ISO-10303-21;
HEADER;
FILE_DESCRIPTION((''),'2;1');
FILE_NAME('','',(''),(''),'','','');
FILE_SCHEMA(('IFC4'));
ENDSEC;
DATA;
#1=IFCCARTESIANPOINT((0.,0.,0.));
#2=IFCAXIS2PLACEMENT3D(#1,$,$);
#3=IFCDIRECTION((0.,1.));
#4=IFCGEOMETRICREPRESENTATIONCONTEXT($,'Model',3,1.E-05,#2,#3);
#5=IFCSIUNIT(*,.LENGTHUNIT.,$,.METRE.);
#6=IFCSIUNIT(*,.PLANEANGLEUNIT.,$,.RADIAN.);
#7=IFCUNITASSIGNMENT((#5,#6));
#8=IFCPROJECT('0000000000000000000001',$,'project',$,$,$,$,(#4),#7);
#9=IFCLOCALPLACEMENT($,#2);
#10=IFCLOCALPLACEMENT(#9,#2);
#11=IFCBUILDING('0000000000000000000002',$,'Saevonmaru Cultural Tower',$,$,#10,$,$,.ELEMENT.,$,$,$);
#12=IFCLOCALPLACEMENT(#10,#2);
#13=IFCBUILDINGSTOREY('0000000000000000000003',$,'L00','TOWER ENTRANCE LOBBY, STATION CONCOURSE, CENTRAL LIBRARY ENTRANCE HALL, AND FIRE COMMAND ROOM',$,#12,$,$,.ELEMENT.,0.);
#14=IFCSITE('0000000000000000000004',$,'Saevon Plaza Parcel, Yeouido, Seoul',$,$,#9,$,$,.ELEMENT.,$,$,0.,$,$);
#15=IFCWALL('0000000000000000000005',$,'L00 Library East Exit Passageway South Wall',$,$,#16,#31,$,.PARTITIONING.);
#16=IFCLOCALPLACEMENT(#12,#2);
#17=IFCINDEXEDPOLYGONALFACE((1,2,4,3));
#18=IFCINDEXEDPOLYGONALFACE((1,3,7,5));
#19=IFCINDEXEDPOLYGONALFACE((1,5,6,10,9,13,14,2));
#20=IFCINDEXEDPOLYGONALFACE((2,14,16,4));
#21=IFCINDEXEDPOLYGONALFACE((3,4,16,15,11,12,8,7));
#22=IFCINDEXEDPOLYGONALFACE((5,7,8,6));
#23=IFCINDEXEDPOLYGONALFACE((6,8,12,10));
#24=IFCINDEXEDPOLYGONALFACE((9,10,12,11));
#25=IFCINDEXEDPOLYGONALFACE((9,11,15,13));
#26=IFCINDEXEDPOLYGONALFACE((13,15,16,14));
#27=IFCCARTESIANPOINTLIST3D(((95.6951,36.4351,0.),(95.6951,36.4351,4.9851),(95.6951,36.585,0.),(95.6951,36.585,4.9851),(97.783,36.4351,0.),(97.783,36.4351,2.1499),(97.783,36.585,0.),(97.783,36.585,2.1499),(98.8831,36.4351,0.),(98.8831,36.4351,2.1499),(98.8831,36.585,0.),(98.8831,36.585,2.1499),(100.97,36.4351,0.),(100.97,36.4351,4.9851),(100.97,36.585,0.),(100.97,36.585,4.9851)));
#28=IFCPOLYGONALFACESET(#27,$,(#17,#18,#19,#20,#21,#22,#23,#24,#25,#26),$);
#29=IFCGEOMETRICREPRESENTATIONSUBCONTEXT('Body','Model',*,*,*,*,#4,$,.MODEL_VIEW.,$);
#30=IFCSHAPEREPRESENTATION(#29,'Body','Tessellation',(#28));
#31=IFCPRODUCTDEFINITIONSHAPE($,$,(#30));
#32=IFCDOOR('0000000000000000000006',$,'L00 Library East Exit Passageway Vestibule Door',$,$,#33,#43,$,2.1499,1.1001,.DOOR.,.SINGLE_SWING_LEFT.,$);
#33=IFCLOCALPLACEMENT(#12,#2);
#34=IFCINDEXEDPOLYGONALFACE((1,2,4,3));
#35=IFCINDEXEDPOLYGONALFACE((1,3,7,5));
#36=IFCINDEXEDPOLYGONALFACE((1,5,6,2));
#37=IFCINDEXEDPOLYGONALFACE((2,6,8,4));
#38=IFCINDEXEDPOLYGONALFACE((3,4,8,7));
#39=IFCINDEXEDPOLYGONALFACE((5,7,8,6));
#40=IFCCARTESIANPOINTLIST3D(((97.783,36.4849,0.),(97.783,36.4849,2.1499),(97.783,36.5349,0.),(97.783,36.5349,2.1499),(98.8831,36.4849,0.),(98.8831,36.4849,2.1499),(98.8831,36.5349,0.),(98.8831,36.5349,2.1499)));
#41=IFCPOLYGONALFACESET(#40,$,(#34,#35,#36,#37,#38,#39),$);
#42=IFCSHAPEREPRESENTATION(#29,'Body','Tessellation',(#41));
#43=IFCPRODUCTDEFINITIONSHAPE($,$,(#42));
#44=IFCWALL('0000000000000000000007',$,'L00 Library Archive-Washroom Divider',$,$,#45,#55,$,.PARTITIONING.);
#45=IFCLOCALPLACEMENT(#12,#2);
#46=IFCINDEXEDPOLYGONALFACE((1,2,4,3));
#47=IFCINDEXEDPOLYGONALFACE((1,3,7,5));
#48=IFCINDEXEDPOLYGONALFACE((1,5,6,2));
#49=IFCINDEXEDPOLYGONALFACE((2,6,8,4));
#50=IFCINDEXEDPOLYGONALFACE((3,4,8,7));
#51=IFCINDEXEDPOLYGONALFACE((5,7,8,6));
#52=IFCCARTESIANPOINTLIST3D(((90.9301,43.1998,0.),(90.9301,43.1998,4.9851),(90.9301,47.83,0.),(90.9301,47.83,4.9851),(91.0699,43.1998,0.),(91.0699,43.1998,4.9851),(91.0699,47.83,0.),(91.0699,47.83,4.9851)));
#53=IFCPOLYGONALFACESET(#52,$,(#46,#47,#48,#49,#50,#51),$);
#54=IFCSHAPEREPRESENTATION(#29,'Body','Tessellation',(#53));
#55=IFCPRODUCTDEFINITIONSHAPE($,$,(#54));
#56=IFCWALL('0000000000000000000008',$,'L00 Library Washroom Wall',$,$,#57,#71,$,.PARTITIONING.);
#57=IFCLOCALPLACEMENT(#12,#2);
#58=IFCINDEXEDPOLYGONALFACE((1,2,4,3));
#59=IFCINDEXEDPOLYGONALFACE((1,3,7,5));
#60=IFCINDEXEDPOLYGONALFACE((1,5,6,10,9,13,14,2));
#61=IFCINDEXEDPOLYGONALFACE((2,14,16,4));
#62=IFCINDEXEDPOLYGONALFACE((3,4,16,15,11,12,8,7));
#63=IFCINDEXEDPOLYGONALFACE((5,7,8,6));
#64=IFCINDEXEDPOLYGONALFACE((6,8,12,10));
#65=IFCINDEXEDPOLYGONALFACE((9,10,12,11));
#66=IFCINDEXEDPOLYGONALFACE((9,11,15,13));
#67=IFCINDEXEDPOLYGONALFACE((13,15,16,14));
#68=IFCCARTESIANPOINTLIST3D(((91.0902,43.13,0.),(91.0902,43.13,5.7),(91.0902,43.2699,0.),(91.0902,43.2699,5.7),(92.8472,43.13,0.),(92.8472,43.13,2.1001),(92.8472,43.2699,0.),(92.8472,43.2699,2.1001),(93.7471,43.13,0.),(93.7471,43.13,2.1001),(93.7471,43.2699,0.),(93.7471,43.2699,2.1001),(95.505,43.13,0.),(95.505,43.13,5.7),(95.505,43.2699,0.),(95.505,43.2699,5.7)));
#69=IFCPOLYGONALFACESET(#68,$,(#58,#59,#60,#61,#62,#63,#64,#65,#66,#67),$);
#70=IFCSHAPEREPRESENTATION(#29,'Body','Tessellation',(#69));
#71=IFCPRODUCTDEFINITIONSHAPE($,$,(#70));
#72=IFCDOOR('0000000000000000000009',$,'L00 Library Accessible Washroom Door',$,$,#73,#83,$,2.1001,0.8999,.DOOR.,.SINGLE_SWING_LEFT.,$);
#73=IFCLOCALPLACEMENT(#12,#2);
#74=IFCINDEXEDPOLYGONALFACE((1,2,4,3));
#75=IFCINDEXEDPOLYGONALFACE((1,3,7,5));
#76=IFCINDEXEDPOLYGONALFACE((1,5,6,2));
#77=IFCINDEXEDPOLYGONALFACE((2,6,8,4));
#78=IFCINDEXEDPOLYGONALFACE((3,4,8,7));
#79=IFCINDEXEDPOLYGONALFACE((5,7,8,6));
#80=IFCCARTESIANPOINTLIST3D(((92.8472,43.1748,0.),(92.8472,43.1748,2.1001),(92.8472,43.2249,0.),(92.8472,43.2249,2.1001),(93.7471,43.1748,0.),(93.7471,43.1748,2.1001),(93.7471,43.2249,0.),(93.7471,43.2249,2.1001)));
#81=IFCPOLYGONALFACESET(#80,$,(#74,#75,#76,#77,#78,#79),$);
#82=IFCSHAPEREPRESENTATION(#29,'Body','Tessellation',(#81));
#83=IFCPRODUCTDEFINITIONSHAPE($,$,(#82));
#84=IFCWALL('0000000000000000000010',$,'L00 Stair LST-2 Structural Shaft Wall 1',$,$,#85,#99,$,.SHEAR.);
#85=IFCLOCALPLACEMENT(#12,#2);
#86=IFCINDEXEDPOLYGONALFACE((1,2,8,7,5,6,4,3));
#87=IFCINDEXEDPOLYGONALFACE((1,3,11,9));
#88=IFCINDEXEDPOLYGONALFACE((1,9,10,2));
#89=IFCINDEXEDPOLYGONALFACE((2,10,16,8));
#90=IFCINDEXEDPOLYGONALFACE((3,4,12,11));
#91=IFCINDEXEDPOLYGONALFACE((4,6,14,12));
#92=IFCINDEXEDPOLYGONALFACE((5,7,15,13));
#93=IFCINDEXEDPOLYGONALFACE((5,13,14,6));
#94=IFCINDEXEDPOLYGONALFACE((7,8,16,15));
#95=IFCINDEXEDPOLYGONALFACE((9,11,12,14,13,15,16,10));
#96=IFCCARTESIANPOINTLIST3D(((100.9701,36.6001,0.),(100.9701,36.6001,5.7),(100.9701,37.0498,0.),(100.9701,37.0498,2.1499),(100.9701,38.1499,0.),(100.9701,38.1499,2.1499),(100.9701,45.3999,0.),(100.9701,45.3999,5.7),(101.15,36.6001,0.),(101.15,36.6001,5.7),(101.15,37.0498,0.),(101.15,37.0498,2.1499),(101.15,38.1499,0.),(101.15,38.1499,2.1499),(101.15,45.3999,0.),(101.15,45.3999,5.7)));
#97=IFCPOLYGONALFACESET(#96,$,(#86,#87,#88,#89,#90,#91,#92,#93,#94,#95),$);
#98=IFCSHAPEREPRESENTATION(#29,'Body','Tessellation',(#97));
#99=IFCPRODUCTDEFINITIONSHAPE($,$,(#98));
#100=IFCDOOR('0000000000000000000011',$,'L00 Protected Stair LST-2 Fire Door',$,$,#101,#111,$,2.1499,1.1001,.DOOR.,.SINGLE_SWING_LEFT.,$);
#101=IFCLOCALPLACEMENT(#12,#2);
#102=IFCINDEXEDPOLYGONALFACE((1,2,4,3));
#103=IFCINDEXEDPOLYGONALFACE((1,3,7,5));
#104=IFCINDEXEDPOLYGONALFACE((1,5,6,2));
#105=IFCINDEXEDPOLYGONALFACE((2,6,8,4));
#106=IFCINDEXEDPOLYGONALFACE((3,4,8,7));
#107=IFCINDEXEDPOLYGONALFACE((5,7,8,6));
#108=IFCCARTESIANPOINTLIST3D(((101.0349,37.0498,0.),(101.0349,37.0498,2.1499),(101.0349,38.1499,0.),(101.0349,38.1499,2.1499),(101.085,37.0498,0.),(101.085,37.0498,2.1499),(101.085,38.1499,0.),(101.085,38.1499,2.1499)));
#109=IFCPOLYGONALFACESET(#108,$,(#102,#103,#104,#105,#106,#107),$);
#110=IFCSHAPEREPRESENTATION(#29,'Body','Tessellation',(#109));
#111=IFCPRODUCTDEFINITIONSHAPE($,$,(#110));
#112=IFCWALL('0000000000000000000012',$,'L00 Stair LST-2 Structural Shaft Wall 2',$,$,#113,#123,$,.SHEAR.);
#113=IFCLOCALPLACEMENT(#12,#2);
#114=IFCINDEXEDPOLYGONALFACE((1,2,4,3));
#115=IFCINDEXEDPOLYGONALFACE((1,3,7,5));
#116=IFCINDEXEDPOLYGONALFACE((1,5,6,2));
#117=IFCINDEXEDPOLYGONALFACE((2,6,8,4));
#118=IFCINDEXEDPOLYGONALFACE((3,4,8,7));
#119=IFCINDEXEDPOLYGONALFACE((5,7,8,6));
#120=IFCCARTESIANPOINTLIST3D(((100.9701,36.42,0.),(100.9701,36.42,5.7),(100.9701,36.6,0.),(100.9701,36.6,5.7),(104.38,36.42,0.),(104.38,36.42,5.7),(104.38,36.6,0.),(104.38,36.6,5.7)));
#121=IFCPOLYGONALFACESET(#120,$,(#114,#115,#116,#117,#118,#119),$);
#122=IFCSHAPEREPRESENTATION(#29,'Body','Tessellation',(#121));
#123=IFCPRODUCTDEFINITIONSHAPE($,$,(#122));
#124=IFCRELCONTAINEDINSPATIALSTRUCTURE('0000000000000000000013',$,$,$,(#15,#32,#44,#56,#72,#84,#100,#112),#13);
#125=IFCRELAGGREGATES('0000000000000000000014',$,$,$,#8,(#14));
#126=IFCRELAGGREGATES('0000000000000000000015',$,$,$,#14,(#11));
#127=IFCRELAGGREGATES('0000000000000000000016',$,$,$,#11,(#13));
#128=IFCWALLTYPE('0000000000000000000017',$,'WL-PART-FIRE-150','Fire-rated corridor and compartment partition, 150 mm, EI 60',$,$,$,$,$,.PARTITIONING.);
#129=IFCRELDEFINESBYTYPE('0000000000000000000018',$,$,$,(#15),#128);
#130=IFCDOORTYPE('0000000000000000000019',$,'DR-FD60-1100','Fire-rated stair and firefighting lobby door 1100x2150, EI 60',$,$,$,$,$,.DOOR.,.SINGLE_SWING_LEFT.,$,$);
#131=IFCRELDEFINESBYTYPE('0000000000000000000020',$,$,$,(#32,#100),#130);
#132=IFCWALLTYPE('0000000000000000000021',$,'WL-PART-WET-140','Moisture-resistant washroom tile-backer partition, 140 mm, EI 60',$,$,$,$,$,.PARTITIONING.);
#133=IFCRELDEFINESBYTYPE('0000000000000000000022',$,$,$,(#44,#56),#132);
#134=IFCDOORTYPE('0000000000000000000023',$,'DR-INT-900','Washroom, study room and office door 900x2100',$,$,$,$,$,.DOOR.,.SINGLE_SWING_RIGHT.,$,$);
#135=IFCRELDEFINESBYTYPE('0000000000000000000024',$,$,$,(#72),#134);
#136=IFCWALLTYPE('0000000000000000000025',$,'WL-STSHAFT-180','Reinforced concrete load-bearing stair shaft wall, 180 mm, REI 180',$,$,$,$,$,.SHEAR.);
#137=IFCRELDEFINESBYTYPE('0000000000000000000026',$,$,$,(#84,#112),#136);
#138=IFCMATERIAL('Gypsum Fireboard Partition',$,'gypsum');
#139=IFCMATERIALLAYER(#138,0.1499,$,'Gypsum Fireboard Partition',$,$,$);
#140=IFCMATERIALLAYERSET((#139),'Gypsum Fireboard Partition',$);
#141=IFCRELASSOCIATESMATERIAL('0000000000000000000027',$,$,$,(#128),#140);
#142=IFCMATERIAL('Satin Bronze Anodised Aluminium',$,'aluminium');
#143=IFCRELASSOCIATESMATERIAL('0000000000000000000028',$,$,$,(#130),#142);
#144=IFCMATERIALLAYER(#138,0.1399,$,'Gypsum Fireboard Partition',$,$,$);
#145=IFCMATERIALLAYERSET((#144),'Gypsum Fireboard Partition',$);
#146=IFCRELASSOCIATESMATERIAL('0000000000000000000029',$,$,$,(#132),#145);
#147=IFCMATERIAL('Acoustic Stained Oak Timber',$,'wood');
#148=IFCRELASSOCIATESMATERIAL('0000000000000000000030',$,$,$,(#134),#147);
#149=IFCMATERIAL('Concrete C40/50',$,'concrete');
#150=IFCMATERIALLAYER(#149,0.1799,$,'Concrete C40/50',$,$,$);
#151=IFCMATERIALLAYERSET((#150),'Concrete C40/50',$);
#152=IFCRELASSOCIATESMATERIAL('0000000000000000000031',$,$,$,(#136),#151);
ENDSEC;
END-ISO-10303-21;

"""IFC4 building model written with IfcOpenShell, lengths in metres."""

from ifc_helpers import new_model, si_unit, direction, frame, frame_2d, origin, place, context, subcontext, project, spatial, rectangle, extrude, material, layer, layer_set, type_object, element, fill, save


model = new_model("IFC4")

# Units and contexts
model_context = context("Model", 3, precision=1e-05, world=origin(), true_north=direction((0.0, 1.0)))
body_context = subcontext(model_context, "Body", "Model", "MODEL_VIEW")
ifc_project = project(units=[si_unit("LENGTHUNIT", "METRE"), si_unit("PLANEANGLEUNIT", "RADIAN")], contexts=[model_context])

# Site, building, storey
site_placement = place(None, origin())
site = spatial("IfcSite", under=ifc_project, at=site_placement, Name="Saevon Plaza Parcel, Yeouido, Seoul", CompositionType="ELEMENT", RefElevation=0.0)
building_placement = place(site_placement, origin())
building = spatial("IfcBuilding", under=site, at=building_placement, Name="Saevonmaru Cultural Tower", CompositionType="ELEMENT")
storey_placement = place(building_placement, origin())
storey = spatial("IfcBuildingStorey", under=building, at=storey_placement, Name="L00", Description="TOWER ENTRANCE LOBBY, STATION CONCOURSE, CENTRAL LIBRARY ENTRANCE HALL, AND FIRE COMMAND ROOM", CompositionType="ELEMENT", Elevation=0.0)

# Shared definitions
ifc_material_1 = material(Name="Gypsum Fireboard Partition", Category="gypsum")
ifc_layer_1 = layer(ifc_material_1, 0.1499, Name="Gypsum Fireboard Partition")
ifc_layer_set_1 = layer_set([ifc_layer_1], Name="Gypsum Fireboard Partition")
wall_type_1 = type_object("IfcWallType", Name="WL-PART-FIRE-150", Description="Fire-rated corridor and compartment partition, 150 mm, EI 60", PredefinedType="PARTITIONING", material=ifc_layer_set_1)

# Wall, opening, door
wall_1_placement = place(storey_placement, frame((95.6951, 36.51, 0.0), z_axis=(0.0, 0.0, 1.0), x_axis=(1.0, 0.0, 0.0)))
wall_1 = element("IfcWall", 1, at=wall_1_placement, inside=storey, type_object=wall_type_1, Name="L00 Library East Exit Passageway South Wall", PredefinedType="PARTITIONING", context=body_context, shape_type="SweptSolid", body=[
    extrude(rectangle(XDim=5.2749, YDim=0.1499, at=frame_2d((2.6375, 0.0))), origin(), (0.0, 0.0, 1.0), 4.9851),
])
opening_1_placement = place(wall_1_placement, frame((2.0879, 0.0, 0.0)))
opening_1 = element("IfcOpeningElement", 2, at=opening_1_placement, cuts=wall_1, PredefinedType="OPENING", context=body_context, shape_type="SweptSolid", body=[
    extrude(rectangle(XDim=1.1001, YDim=2.1499, at=frame_2d((0.55, 1.075))), frame((0.0, 0.085, 0.0), z_axis=(0.0, -1.0, 0.0), x_axis=(1.0, 0.0, 0.0)), (0.0, 0.0, 1.0), 0.1699),
])
ifc_material_2 = material(Name="Satin Bronze Anodised Aluminium", Category="aluminium")
door_type_1 = type_object("IfcDoorType", Name="DR-FD60-1100", Description="Fire-rated stair and firefighting lobby door 1100x2150, EI 60", OperationType="SINGLE_SWING_LEFT", PredefinedType="DOOR", material=ifc_material_2)
door_1_placement = place(opening_1_placement, origin())
door_1 = element("IfcDoor", 3, at=door_1_placement, inside=storey, type_object=door_type_1, Name="L00 Library East Exit Passageway Vestibule Door", OperationType="SINGLE_SWING_LEFT", OverallHeight=2.1499, OverallWidth=1.1001, PredefinedType="DOOR", context=body_context, shape_type="SweptSolid", body=[
    extrude(rectangle(XDim=1.1001, YDim=2.1499, at=frame_2d((0.55, 1.075))), frame((0.0, 0.0249, 0.0), z_axis=(0.0, -1.0, 0.0), x_axis=(1.0, 0.0, 0.0)), (0.0, 0.0, 1.0), 0.05),
])
fill(opening_1, door_1)

# Wall
ifc_layer_2 = layer(ifc_material_1, 0.1399, Name="Gypsum Fireboard Partition")
ifc_layer_set_2 = layer_set([ifc_layer_2], Name="Gypsum Fireboard Partition")
wall_type_2 = type_object("IfcWallType", Name="WL-PART-WET-140", Description="Moisture-resistant washroom tile-backer partition, 140 mm, EI 60", PredefinedType="PARTITIONING", material=ifc_layer_set_2)
wall_2_placement = place(storey_placement, frame((91.0, 43.2, 0.0), z_axis=(0.0, 0.0, 1.0), x_axis=(0.0, 1.0, 0.0)))
element("IfcWall", 4, at=wall_2_placement, inside=storey, type_object=wall_type_2, Name="L00 Library Archive-Washroom Divider", PredefinedType="PARTITIONING", context=body_context, shape_type="SweptSolid", body=[
    extrude(rectangle(XDim=4.6301, YDim=0.1399, at=frame_2d((2.3149, 0.0))), origin(), (0.0, 0.0, 1.0), 4.9851),
])

# Walls, openings, doors
wall_3_placement = place(storey_placement, frame((91.0901, 43.2, 0.0), z_axis=(0.0, 0.0, 1.0), x_axis=(1.0, 0.0, 0.0)))
wall_3 = element("IfcWall", 5, at=wall_3_placement, inside=storey, type_object=wall_type_2, Name="L00 Library Washroom Wall", PredefinedType="PARTITIONING", context=body_context, shape_type="SweptSolid", body=[
    extrude(rectangle(XDim=4.4148, YDim=0.1399, at=frame_2d((2.2075, 0.0))), origin(), (0.0, 0.0, 1.0), 5.7),
])
opening_2_placement = place(wall_3_placement, frame((1.7571, 0.0, 0.0)))
opening_2 = element("IfcOpeningElement", 6, at=opening_2_placement, cuts=wall_3, PredefinedType="OPENING", context=body_context, shape_type="SweptSolid", body=[
    extrude(rectangle(XDim=0.8999, YDim=2.1001, at=frame_2d((0.45, 1.05))), frame((0.0, 0.0801, 0.0), z_axis=(0.0, -1.0, 0.0), x_axis=(1.0, 0.0, 0.0)), (0.0, 0.0, 1.0), 0.1599),
])
ifc_material_3 = material(Name="Acoustic Stained Oak Timber", Category="wood")
door_type_2 = type_object("IfcDoorType", Name="DR-INT-900", Description="Washroom, study room and office door 900x2100", OperationType="SINGLE_SWING_RIGHT", PredefinedType="DOOR", material=ifc_material_3)
door_2_placement = place(opening_2_placement, origin())
door_2 = element("IfcDoor", 7, at=door_2_placement, inside=storey, type_object=door_type_2, Name="L00 Library Accessible Washroom Door", OperationType="SINGLE_SWING_LEFT", OverallHeight=2.1001, OverallWidth=0.8999, PredefinedType="DOOR", context=body_context, shape_type="SweptSolid", body=[
    extrude(rectangle(XDim=0.8999, YDim=2.1001, at=frame_2d((0.45, 1.05))), frame((0.0, 0.0249, 0.0), z_axis=(0.0, -1.0, 0.0), x_axis=(1.0, 0.0, 0.0)), (0.0, 0.0, 1.0), 0.05),
])
fill(opening_2, door_2)
ifc_material_4 = material(Name="Concrete C40/50", Category="concrete")
ifc_layer_3 = layer(ifc_material_4, 0.1799, Name="Concrete C40/50")
ifc_layer_set_3 = layer_set([ifc_layer_3], Name="Concrete C40/50")
wall_type_3 = type_object("IfcWallType", Name="WL-STSHAFT-180", Description="Reinforced concrete load-bearing stair shaft wall, 180 mm, REI 180", PredefinedType="SHEAR", material=ifc_layer_set_3)
wall_4_placement = place(storey_placement, frame((101.0601, 45.3999, 0.0), z_axis=(0.0, 0.0, 1.0), x_axis=(0.0, -1.0, 0.0)))
wall_4 = element("IfcWall", 8, at=wall_4_placement, inside=storey, type_object=wall_type_3, Name="L00 Stair LST-2 Structural Shaft Wall 1", PredefinedType="SHEAR", context=body_context, shape_type="SweptSolid", body=[
    extrude(rectangle(XDim=8.7998, YDim=0.1799, at=frame_2d((4.3999, 0.0))), origin(), (0.0, 0.0, 1.0), 5.7),
])
opening_3_placement = place(wall_4_placement, frame((7.25, 0.0, 0.0)))
opening_3 = element("IfcOpeningElement", 9, at=opening_3_placement, cuts=wall_4, PredefinedType="OPENING", context=body_context, shape_type="SweptSolid", body=[
    extrude(rectangle(XDim=1.1001, YDim=2.1499, at=frame_2d((0.55, 1.075))), frame((0.0, 0.1001, 0.0), z_axis=(0.0, -1.0, 0.0), x_axis=(1.0, 0.0, 0.0)), (0.0, 0.0, 1.0), 0.2),
])
door_3_placement = place(opening_3_placement, origin())
door_3 = element("IfcDoor", 10, at=door_3_placement, inside=storey, type_object=door_type_1, Name="L00 Protected Stair LST-2 Fire Door", OperationType="SINGLE_SWING_LEFT", OverallHeight=2.1499, OverallWidth=1.1001, PredefinedType="DOOR", context=body_context, shape_type="SweptSolid", body=[
    extrude(rectangle(XDim=1.1001, YDim=2.1499, at=frame_2d((0.55, 1.075))), frame((0.0, 0.0249, 0.0), z_axis=(0.0, -1.0, 0.0), x_axis=(1.0, 0.0, 0.0)), (0.0, 0.0, 1.0), 0.05),
])
fill(opening_3, door_3)

# Wall
wall_5_placement = place(storey_placement, frame((100.97, 36.51, 0.0), z_axis=(0.0, 0.0, 1.0), x_axis=(1.0, 0.0, 0.0)))
element("IfcWall", 11, at=wall_5_placement, inside=storey, type_object=wall_type_3, Name="L00 Stair LST-2 Structural Shaft Wall 2", PredefinedType="SHEAR", context=body_context, shape_type="SweptSolid", body=[
    extrude(rectangle(XDim=3.4099, YDim=0.1799, at=frame_2d((1.7051, 0.0))), origin(), (0.0, 0.0, 1.0), 5.7),
])

save(model, "model.ifc")
